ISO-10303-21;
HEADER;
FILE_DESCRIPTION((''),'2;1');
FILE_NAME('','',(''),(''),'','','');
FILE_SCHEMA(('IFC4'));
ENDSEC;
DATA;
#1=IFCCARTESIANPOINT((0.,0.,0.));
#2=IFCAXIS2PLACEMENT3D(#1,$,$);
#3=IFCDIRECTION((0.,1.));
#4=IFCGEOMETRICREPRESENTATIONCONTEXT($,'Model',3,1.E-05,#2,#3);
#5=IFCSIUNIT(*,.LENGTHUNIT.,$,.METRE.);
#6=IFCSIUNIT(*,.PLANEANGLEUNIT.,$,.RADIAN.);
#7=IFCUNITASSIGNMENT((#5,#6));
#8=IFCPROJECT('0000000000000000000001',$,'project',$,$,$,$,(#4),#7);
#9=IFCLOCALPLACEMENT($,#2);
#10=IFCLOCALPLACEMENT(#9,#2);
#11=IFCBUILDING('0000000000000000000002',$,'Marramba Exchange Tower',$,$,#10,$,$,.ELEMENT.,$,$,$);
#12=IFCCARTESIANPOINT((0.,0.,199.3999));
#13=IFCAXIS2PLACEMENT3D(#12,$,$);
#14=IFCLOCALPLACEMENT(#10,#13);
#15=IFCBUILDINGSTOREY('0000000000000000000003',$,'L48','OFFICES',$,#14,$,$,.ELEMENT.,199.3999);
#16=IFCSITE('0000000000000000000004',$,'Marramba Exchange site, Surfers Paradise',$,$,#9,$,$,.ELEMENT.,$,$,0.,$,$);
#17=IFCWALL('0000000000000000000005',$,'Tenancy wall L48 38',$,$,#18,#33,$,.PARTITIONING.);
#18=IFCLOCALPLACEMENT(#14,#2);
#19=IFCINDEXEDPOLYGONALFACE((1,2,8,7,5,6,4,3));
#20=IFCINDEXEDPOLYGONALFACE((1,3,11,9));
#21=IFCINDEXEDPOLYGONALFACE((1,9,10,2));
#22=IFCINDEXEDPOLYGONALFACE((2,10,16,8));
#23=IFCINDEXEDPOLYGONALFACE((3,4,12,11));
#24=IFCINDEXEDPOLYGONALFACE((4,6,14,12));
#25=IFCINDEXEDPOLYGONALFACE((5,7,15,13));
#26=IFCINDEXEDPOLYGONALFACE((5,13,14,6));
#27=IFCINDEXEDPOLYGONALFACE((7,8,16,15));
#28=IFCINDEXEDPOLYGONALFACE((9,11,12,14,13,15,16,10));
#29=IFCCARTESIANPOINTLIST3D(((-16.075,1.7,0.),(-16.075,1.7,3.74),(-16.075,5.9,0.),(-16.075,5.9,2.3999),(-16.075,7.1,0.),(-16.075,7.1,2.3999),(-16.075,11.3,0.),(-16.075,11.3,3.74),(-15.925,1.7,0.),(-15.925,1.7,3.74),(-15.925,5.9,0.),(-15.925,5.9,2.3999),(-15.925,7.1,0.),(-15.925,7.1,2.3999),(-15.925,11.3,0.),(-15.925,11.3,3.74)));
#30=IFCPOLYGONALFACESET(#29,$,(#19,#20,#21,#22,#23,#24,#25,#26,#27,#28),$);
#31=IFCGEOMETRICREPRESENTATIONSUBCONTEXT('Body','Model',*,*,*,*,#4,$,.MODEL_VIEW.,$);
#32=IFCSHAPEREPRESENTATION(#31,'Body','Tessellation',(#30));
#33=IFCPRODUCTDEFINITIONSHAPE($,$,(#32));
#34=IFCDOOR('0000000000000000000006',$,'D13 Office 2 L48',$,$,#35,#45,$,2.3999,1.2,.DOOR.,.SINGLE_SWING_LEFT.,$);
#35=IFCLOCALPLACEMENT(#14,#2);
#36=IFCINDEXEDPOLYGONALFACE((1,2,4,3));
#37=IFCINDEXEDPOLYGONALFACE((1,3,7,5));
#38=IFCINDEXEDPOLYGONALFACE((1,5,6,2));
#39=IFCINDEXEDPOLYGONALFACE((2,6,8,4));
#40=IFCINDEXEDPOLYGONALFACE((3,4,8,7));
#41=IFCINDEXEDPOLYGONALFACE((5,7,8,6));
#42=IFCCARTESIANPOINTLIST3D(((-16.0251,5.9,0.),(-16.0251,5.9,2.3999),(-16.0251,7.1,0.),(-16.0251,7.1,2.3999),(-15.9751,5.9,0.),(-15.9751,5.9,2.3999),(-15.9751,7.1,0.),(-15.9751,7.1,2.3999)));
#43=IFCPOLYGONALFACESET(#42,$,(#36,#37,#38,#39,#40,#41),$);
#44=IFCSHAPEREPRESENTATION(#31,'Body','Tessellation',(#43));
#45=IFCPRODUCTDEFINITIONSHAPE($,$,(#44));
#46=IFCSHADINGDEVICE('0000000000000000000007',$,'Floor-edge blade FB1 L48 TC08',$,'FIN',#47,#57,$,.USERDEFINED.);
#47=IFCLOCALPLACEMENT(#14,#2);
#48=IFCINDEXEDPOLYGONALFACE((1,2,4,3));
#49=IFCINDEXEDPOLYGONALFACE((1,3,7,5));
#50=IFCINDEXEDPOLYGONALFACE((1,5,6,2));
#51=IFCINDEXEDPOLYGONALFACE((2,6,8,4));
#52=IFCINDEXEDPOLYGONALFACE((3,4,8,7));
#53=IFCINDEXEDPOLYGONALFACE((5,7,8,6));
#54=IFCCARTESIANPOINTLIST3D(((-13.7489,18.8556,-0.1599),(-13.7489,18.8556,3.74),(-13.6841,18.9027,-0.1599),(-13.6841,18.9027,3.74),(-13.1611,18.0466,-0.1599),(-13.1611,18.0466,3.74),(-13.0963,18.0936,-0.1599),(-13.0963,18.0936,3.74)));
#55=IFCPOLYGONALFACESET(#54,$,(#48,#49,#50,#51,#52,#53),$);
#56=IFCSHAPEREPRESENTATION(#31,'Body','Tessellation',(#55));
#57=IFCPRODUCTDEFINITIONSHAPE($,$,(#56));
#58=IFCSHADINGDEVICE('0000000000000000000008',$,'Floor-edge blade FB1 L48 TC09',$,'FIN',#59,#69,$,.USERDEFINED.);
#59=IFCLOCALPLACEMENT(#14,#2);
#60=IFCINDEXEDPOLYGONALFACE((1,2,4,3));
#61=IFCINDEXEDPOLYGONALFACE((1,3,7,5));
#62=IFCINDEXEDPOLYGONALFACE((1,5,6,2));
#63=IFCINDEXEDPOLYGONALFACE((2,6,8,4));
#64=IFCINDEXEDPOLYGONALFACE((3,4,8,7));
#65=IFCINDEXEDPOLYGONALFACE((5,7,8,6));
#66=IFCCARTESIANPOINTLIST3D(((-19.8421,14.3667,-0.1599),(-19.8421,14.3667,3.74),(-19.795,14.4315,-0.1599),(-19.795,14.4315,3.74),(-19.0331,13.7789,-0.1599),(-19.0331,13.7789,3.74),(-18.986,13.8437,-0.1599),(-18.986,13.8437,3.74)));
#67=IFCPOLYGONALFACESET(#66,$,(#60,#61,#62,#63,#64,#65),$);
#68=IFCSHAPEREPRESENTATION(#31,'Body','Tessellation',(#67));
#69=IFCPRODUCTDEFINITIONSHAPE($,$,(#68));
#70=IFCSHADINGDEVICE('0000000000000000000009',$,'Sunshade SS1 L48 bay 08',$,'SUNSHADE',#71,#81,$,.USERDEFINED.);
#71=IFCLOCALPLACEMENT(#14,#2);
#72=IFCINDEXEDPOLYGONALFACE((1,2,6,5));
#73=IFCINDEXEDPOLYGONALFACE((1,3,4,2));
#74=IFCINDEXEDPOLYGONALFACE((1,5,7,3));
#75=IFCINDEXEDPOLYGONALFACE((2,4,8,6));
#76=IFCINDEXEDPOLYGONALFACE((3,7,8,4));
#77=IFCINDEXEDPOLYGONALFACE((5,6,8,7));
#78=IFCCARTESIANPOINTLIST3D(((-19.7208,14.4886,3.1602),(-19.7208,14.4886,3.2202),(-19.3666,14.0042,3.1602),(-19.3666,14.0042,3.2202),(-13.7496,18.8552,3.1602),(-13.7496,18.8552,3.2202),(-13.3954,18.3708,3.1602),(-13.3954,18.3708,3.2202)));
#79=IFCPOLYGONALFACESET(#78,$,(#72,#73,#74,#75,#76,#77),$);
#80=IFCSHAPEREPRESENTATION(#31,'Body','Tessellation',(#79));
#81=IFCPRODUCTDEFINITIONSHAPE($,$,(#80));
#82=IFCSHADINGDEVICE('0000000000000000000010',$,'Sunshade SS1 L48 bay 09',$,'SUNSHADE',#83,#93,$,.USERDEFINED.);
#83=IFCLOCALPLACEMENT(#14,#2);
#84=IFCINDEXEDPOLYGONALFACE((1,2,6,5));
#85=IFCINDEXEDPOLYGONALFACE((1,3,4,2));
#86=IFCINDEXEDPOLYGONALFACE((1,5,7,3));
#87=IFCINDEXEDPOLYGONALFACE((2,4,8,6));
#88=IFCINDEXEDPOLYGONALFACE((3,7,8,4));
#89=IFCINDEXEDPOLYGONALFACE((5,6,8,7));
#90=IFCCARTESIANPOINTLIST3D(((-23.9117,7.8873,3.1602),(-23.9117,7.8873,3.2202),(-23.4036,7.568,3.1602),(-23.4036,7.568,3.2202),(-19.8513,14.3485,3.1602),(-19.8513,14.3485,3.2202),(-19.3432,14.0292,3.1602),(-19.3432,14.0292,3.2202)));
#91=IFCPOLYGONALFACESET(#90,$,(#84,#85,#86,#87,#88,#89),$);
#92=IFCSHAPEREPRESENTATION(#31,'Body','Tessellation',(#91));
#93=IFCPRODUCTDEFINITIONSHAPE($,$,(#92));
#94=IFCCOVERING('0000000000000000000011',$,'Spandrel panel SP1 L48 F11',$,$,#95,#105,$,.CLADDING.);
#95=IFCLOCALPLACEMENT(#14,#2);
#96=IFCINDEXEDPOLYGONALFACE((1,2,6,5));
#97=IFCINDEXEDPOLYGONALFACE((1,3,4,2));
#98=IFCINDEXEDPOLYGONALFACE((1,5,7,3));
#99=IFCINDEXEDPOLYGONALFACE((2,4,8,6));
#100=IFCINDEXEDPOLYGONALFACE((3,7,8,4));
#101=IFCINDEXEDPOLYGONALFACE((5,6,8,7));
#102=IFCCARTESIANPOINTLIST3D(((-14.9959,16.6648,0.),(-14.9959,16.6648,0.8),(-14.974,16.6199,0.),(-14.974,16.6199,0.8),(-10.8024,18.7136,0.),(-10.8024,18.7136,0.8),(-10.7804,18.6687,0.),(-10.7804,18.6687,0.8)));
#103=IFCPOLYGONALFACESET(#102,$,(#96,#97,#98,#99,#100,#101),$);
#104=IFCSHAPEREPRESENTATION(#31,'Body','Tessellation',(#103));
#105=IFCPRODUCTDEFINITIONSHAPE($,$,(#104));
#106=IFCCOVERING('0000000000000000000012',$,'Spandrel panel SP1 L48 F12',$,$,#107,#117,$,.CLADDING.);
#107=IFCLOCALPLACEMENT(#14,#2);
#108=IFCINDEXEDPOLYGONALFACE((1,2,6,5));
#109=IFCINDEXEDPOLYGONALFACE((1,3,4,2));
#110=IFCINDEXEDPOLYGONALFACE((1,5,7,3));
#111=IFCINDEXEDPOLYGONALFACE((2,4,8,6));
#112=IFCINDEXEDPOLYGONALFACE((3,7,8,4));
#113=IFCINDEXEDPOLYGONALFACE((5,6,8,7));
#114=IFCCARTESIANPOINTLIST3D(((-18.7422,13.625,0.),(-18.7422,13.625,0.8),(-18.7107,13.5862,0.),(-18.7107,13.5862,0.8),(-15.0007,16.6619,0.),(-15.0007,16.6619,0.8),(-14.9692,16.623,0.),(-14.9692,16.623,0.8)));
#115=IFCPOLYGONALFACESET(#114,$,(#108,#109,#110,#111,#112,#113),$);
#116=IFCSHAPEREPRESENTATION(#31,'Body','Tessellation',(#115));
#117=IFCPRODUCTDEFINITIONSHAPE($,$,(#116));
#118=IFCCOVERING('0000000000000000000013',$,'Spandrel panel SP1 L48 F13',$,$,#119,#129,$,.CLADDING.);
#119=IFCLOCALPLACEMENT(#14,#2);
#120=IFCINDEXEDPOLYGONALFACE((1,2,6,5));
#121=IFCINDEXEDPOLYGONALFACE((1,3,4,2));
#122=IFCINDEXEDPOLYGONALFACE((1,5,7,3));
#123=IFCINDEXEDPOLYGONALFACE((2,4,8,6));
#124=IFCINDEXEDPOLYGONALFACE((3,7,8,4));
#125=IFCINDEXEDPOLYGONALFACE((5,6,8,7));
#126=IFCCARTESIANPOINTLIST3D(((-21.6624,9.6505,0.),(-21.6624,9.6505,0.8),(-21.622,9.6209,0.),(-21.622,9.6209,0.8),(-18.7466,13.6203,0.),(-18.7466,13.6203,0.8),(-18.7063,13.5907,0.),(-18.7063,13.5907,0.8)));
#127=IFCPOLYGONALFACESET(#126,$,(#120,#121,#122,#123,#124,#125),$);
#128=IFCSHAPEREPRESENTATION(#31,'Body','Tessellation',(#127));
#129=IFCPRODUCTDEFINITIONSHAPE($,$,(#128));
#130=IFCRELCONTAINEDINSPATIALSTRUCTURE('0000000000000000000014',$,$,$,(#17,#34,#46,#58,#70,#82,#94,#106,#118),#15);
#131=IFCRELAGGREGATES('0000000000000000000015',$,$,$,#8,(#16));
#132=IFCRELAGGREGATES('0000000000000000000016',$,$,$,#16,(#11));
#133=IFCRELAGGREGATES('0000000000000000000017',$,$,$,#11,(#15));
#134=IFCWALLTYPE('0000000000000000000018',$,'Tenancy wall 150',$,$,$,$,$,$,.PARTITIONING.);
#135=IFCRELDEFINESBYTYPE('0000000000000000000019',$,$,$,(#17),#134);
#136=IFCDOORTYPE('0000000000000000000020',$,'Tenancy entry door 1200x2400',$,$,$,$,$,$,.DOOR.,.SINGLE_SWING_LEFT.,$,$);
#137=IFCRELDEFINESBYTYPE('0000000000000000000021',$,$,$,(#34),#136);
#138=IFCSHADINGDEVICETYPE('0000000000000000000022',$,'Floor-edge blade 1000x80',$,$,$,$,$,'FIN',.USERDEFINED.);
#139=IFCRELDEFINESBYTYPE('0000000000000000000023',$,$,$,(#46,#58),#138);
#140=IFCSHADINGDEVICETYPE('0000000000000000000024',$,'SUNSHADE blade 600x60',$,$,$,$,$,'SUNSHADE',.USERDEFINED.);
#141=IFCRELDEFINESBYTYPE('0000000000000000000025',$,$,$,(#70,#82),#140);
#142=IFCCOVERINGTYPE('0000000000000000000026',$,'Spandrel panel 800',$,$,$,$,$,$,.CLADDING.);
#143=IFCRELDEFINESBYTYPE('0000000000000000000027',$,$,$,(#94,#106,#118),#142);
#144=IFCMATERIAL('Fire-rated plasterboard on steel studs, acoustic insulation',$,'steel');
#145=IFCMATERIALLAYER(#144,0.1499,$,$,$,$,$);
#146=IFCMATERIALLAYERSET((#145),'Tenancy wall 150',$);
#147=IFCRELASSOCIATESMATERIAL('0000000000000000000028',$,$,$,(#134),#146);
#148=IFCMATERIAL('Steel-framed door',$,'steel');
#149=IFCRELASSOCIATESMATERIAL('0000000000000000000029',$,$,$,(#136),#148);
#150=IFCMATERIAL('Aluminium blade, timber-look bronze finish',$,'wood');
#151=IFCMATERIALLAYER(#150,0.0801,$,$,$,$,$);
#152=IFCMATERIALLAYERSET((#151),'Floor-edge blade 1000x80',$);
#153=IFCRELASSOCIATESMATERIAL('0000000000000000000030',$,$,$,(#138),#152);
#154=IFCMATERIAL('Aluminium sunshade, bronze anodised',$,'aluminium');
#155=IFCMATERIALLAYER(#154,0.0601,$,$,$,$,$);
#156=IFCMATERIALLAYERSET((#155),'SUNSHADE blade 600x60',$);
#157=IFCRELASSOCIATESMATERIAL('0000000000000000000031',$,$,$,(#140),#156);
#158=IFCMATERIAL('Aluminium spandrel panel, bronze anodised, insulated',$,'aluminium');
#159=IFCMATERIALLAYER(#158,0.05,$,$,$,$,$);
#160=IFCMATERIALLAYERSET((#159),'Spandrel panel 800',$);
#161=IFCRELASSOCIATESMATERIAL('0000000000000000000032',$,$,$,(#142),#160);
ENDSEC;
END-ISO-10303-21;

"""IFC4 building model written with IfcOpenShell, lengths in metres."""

from ifc_helpers import new_model, si_unit, direction, frame, frame_2d, origin, origin_2d, place, context, subcontext, project, spatial, rectangle, extrude, material, layer, layer_set, type_object, element, fill, save


model = new_model("IFC4")

# Units and contexts
model_context = context("Model", 3, precision=1e-05, world=origin(), true_north=direction((0.0, 1.0)))
body_context = subcontext(model_context, "Body", "Model", "MODEL_VIEW")
ifc_project = project(units=[si_unit("LENGTHUNIT", "METRE"), si_unit("PLANEANGLEUNIT", "RADIAN")], contexts=[model_context])

# Site, building, storey
site_placement = place(None, origin())
site = spatial("IfcSite", under=ifc_project, at=site_placement, Name="Marramba Exchange site, Surfers Paradise", CompositionType="ELEMENT", RefElevation=0.0)
building_placement = place(site_placement, origin())
building = spatial("IfcBuilding", under=site, at=building_placement, Name="Marramba Exchange Tower", CompositionType="ELEMENT")
storey_placement = place(building_placement, frame((0.0, 0.0, 199.3999)))
storey = spatial("IfcBuildingStorey", under=building, at=storey_placement, Name="L48", Description="OFFICES", CompositionType="ELEMENT", Elevation=199.3999)

# Shared definitions
ifc_material_1 = material(Name="Fire-rated plasterboard on steel studs, acoustic insulation", Category="steel")
ifc_layer_1 = layer(ifc_material_1, 0.1499)
ifc_layer_set_1 = layer_set([ifc_layer_1], Name="Tenancy wall 150")
wall_type_1 = type_object("IfcWallType", Name="Tenancy wall 150", PredefinedType="PARTITIONING", material=ifc_layer_set_1)

# Wall, opening, door
wall_1_placement = place(storey_placement, frame((-16.0, 11.3, 0.0), z_axis=(0.0, 0.0, 1.0), x_axis=(0.0, -1.0, 0.0)))
wall_1 = element("IfcWall", 1, at=wall_1_placement, inside=storey, type_object=wall_type_1, Name="Tenancy wall L48 38", PredefinedType="PARTITIONING", context=body_context, shape_type="SweptSolid", body=[
    extrude(rectangle(XDim=9.6001, YDim=0.1499, at=frame_2d((4.8, 0.0))), origin(), (0.0, 0.0, 1.0), 3.74),
])
opening_placement = place(wall_1_placement, frame((4.2, 0.0, 0.0)))
opening = element("IfcOpeningElement", 2, at=opening_placement, cuts=wall_1, PredefinedType="OPENING", context=body_context, shape_type="SweptSolid", body=[
    extrude(rectangle(XDim=1.2, YDim=2.3999, at=frame_2d((0.6001, 1.2))), frame((0.0, 0.085, 0.0), z_axis=(0.0, -1.0, 0.0), x_axis=(1.0, 0.0, 0.0)), (0.0, 0.0, 1.0), 0.1699),
])
ifc_material_2 = material(Name="Steel-framed door", Category="steel")
door_type = type_object("IfcDoorType", Name="Tenancy entry door 1200x2400", OperationType="SINGLE_SWING_LEFT", PredefinedType="DOOR", material=ifc_material_2)
door_placement = place(opening_placement, origin())
door = element("IfcDoor", 3, at=door_placement, inside=storey, type_object=door_type, Name="D13 Office 2 L48", OperationType="SINGLE_SWING_LEFT", OverallHeight=2.3999, OverallWidth=1.2, PredefinedType="DOOR", context=body_context, shape_type="SweptSolid", body=[
    extrude(rectangle(XDim=1.2, YDim=2.3999, at=frame_2d((0.6001, 1.2))), frame((0.0, 0.0249, 0.0), z_axis=(0.0, -1.0, 0.0), x_axis=(1.0, 0.0, 0.0)), (0.0, 0.0, 1.0), 0.05),
])
fill(opening, door)

# Shading devices
ifc_material_3 = material(Name="Aluminium blade, timber-look bronze finish", Category="wood")
ifc_layer_2 = layer(ifc_material_3, 0.0801)
ifc_layer_set_2 = layer_set([ifc_layer_2], Name="Floor-edge blade 1000x80")
shading_device_type_1 = type_object("IfcShadingDeviceType", Name="Floor-edge blade 1000x80", ElementType="FIN", PredefinedType="USERDEFINED", material=ifc_layer_set_2)
for number, where, z_axis, x_axis, name in (
    (4, (-13.4226, 18.4746, -0.1599), (0.0, 0.0, 1.0), (-0.587785, 0.809017, 0.0), "Floor-edge blade FB1 L48 TC08"),
    (5, (-19.4141, 14.1052, -0.1599), (0.0, 0.0, 1.0), (-0.809017, 0.587785, 0.0), "Floor-edge blade FB1 L48 TC09"),
):
    element("IfcShadingDevice", number, at=place(storey_placement, frame(where, z_axis=z_axis, x_axis=x_axis)), inside=storey, type_object=shading_device_type_1, Name=name, ObjectType="FIN", PredefinedType="USERDEFINED", context=body_context, shape_type="SweptSolid", body=[
        extrude(rectangle(XDim=1.0, YDim=0.0801, at=origin_2d()), origin(), (0.0, 0.0, 1.0), 3.8999),
    ])
ifc_material_4 = material(Name="Aluminium sunshade, bronze anodised", Category="aluminium")
ifc_layer_3 = layer(ifc_material_4, 0.0601)
ifc_layer_set_3 = layer_set([ifc_layer_3], Name="SUNSHADE blade 600x60")
shading_device_type_2 = type_object("IfcShadingDeviceType", Name="SUNSHADE blade 600x60", ElementType="SUNSHADE", PredefinedType="USERDEFINED", material=ifc_layer_set_3)
shading_device_1_placement = place(storey_placement, frame((-16.5581, 16.4297, 3.1602), z_axis=(0.0, 0.0, 1.0), x_axis=(-0.807194, -0.590286, 0.0)))
element("IfcShadingDevice", 6, at=shading_device_1_placement, inside=storey, type_object=shading_device_type_2, Name="Sunshade SS1 L48 bay 08", ObjectType="SUNSHADE", PredefinedType="USERDEFINED", context=body_context, shape_type="SweptSolid", body=[
    extrude(rectangle(XDim=7.3975, YDim=0.6001, at=origin_2d()), origin(), (0.0, 0.0, 1.0), 0.0601),
])
shading_device_2_placement = place(storey_placement, frame((-21.6274, 10.9583, 3.1602), z_axis=(0.0, 0.0, 1.0), x_axis=(-0.532082, -0.846693, 0.0)))
element("IfcShadingDevice", 7, at=shading_device_2_placement, inside=storey, type_object=shading_device_type_2, Name="Sunshade SS1 L48 bay 09", ObjectType="SUNSHADE", PredefinedType="USERDEFINED", context=body_context, shape_type="SweptSolid", body=[
    extrude(rectangle(XDim=7.6311, YDim=0.6001, at=origin_2d()), origin(), (0.0, 0.0, 1.0), 0.0601),
])

# Coverings
ifc_material_5 = material(Name="Aluminium spandrel panel, bronze anodised, insulated", Category="aluminium")
ifc_layer_4 = layer(ifc_material_5, 0.05)
ifc_layer_set_4 = layer_set([ifc_layer_4], Name="Spandrel panel 800")
covering_type = type_object("IfcCoveringType", Name="Spandrel panel 800", PredefinedType="CLADDING", material=ifc_layer_set_4)
covering_1_placement = place(storey_placement, frame((-12.8882, 17.6667, 0.0), z_axis=(0.0, 0.0, 1.0), x_axis=(-0.898501, -0.438972, 0.0)))
element("IfcCovering", 8, at=covering_1_placement, inside=storey, type_object=covering_type, Name="Spandrel panel SP1 L48 F11", PredefinedType="CLADDING", context=body_context, shape_type="SweptSolid", body=[
    extrude(rectangle(XDim=4.6672, YDim=0.05, at=origin_2d()), origin(), (0.0, 0.0, 1.0), 0.8),
])
covering_2_placement = place(storey_placement, frame((-16.8557, 15.124, 0.0), z_axis=(0.0, 0.0, 1.0), x_axis=(-0.776432, -0.630201, 0.0)))
element("IfcCovering", 9, at=covering_2_placement, inside=storey, type_object=covering_type, Name="Spandrel panel SP1 L48 F12", PredefinedType="CLADDING", context=body_context, shape_type="SweptSolid", body=[
    extrude(rectangle(XDim=4.8188, YDim=0.05, at=origin_2d()), origin(), (0.0, 0.0, 1.0), 0.8),
])
covering_3_placement = place(storey_placement, frame((-20.1843, 11.6206, 0.0), z_axis=(0.0, 0.0, 1.0), x_axis=(-0.591963, -0.805965, 0.0)))
element("IfcCovering", 10, at=covering_3_placement, inside=storey, type_object=covering_type, Name="Spandrel panel SP1 L48 F13", PredefinedType="CLADDING", context=body_context, shape_type="SweptSolid", body=[
    extrude(rectangle(XDim=4.9255, YDim=0.05, at=origin_2d()), origin(), (0.0, 0.0, 1.0), 0.8),
])

save(model, "model.ifc")
